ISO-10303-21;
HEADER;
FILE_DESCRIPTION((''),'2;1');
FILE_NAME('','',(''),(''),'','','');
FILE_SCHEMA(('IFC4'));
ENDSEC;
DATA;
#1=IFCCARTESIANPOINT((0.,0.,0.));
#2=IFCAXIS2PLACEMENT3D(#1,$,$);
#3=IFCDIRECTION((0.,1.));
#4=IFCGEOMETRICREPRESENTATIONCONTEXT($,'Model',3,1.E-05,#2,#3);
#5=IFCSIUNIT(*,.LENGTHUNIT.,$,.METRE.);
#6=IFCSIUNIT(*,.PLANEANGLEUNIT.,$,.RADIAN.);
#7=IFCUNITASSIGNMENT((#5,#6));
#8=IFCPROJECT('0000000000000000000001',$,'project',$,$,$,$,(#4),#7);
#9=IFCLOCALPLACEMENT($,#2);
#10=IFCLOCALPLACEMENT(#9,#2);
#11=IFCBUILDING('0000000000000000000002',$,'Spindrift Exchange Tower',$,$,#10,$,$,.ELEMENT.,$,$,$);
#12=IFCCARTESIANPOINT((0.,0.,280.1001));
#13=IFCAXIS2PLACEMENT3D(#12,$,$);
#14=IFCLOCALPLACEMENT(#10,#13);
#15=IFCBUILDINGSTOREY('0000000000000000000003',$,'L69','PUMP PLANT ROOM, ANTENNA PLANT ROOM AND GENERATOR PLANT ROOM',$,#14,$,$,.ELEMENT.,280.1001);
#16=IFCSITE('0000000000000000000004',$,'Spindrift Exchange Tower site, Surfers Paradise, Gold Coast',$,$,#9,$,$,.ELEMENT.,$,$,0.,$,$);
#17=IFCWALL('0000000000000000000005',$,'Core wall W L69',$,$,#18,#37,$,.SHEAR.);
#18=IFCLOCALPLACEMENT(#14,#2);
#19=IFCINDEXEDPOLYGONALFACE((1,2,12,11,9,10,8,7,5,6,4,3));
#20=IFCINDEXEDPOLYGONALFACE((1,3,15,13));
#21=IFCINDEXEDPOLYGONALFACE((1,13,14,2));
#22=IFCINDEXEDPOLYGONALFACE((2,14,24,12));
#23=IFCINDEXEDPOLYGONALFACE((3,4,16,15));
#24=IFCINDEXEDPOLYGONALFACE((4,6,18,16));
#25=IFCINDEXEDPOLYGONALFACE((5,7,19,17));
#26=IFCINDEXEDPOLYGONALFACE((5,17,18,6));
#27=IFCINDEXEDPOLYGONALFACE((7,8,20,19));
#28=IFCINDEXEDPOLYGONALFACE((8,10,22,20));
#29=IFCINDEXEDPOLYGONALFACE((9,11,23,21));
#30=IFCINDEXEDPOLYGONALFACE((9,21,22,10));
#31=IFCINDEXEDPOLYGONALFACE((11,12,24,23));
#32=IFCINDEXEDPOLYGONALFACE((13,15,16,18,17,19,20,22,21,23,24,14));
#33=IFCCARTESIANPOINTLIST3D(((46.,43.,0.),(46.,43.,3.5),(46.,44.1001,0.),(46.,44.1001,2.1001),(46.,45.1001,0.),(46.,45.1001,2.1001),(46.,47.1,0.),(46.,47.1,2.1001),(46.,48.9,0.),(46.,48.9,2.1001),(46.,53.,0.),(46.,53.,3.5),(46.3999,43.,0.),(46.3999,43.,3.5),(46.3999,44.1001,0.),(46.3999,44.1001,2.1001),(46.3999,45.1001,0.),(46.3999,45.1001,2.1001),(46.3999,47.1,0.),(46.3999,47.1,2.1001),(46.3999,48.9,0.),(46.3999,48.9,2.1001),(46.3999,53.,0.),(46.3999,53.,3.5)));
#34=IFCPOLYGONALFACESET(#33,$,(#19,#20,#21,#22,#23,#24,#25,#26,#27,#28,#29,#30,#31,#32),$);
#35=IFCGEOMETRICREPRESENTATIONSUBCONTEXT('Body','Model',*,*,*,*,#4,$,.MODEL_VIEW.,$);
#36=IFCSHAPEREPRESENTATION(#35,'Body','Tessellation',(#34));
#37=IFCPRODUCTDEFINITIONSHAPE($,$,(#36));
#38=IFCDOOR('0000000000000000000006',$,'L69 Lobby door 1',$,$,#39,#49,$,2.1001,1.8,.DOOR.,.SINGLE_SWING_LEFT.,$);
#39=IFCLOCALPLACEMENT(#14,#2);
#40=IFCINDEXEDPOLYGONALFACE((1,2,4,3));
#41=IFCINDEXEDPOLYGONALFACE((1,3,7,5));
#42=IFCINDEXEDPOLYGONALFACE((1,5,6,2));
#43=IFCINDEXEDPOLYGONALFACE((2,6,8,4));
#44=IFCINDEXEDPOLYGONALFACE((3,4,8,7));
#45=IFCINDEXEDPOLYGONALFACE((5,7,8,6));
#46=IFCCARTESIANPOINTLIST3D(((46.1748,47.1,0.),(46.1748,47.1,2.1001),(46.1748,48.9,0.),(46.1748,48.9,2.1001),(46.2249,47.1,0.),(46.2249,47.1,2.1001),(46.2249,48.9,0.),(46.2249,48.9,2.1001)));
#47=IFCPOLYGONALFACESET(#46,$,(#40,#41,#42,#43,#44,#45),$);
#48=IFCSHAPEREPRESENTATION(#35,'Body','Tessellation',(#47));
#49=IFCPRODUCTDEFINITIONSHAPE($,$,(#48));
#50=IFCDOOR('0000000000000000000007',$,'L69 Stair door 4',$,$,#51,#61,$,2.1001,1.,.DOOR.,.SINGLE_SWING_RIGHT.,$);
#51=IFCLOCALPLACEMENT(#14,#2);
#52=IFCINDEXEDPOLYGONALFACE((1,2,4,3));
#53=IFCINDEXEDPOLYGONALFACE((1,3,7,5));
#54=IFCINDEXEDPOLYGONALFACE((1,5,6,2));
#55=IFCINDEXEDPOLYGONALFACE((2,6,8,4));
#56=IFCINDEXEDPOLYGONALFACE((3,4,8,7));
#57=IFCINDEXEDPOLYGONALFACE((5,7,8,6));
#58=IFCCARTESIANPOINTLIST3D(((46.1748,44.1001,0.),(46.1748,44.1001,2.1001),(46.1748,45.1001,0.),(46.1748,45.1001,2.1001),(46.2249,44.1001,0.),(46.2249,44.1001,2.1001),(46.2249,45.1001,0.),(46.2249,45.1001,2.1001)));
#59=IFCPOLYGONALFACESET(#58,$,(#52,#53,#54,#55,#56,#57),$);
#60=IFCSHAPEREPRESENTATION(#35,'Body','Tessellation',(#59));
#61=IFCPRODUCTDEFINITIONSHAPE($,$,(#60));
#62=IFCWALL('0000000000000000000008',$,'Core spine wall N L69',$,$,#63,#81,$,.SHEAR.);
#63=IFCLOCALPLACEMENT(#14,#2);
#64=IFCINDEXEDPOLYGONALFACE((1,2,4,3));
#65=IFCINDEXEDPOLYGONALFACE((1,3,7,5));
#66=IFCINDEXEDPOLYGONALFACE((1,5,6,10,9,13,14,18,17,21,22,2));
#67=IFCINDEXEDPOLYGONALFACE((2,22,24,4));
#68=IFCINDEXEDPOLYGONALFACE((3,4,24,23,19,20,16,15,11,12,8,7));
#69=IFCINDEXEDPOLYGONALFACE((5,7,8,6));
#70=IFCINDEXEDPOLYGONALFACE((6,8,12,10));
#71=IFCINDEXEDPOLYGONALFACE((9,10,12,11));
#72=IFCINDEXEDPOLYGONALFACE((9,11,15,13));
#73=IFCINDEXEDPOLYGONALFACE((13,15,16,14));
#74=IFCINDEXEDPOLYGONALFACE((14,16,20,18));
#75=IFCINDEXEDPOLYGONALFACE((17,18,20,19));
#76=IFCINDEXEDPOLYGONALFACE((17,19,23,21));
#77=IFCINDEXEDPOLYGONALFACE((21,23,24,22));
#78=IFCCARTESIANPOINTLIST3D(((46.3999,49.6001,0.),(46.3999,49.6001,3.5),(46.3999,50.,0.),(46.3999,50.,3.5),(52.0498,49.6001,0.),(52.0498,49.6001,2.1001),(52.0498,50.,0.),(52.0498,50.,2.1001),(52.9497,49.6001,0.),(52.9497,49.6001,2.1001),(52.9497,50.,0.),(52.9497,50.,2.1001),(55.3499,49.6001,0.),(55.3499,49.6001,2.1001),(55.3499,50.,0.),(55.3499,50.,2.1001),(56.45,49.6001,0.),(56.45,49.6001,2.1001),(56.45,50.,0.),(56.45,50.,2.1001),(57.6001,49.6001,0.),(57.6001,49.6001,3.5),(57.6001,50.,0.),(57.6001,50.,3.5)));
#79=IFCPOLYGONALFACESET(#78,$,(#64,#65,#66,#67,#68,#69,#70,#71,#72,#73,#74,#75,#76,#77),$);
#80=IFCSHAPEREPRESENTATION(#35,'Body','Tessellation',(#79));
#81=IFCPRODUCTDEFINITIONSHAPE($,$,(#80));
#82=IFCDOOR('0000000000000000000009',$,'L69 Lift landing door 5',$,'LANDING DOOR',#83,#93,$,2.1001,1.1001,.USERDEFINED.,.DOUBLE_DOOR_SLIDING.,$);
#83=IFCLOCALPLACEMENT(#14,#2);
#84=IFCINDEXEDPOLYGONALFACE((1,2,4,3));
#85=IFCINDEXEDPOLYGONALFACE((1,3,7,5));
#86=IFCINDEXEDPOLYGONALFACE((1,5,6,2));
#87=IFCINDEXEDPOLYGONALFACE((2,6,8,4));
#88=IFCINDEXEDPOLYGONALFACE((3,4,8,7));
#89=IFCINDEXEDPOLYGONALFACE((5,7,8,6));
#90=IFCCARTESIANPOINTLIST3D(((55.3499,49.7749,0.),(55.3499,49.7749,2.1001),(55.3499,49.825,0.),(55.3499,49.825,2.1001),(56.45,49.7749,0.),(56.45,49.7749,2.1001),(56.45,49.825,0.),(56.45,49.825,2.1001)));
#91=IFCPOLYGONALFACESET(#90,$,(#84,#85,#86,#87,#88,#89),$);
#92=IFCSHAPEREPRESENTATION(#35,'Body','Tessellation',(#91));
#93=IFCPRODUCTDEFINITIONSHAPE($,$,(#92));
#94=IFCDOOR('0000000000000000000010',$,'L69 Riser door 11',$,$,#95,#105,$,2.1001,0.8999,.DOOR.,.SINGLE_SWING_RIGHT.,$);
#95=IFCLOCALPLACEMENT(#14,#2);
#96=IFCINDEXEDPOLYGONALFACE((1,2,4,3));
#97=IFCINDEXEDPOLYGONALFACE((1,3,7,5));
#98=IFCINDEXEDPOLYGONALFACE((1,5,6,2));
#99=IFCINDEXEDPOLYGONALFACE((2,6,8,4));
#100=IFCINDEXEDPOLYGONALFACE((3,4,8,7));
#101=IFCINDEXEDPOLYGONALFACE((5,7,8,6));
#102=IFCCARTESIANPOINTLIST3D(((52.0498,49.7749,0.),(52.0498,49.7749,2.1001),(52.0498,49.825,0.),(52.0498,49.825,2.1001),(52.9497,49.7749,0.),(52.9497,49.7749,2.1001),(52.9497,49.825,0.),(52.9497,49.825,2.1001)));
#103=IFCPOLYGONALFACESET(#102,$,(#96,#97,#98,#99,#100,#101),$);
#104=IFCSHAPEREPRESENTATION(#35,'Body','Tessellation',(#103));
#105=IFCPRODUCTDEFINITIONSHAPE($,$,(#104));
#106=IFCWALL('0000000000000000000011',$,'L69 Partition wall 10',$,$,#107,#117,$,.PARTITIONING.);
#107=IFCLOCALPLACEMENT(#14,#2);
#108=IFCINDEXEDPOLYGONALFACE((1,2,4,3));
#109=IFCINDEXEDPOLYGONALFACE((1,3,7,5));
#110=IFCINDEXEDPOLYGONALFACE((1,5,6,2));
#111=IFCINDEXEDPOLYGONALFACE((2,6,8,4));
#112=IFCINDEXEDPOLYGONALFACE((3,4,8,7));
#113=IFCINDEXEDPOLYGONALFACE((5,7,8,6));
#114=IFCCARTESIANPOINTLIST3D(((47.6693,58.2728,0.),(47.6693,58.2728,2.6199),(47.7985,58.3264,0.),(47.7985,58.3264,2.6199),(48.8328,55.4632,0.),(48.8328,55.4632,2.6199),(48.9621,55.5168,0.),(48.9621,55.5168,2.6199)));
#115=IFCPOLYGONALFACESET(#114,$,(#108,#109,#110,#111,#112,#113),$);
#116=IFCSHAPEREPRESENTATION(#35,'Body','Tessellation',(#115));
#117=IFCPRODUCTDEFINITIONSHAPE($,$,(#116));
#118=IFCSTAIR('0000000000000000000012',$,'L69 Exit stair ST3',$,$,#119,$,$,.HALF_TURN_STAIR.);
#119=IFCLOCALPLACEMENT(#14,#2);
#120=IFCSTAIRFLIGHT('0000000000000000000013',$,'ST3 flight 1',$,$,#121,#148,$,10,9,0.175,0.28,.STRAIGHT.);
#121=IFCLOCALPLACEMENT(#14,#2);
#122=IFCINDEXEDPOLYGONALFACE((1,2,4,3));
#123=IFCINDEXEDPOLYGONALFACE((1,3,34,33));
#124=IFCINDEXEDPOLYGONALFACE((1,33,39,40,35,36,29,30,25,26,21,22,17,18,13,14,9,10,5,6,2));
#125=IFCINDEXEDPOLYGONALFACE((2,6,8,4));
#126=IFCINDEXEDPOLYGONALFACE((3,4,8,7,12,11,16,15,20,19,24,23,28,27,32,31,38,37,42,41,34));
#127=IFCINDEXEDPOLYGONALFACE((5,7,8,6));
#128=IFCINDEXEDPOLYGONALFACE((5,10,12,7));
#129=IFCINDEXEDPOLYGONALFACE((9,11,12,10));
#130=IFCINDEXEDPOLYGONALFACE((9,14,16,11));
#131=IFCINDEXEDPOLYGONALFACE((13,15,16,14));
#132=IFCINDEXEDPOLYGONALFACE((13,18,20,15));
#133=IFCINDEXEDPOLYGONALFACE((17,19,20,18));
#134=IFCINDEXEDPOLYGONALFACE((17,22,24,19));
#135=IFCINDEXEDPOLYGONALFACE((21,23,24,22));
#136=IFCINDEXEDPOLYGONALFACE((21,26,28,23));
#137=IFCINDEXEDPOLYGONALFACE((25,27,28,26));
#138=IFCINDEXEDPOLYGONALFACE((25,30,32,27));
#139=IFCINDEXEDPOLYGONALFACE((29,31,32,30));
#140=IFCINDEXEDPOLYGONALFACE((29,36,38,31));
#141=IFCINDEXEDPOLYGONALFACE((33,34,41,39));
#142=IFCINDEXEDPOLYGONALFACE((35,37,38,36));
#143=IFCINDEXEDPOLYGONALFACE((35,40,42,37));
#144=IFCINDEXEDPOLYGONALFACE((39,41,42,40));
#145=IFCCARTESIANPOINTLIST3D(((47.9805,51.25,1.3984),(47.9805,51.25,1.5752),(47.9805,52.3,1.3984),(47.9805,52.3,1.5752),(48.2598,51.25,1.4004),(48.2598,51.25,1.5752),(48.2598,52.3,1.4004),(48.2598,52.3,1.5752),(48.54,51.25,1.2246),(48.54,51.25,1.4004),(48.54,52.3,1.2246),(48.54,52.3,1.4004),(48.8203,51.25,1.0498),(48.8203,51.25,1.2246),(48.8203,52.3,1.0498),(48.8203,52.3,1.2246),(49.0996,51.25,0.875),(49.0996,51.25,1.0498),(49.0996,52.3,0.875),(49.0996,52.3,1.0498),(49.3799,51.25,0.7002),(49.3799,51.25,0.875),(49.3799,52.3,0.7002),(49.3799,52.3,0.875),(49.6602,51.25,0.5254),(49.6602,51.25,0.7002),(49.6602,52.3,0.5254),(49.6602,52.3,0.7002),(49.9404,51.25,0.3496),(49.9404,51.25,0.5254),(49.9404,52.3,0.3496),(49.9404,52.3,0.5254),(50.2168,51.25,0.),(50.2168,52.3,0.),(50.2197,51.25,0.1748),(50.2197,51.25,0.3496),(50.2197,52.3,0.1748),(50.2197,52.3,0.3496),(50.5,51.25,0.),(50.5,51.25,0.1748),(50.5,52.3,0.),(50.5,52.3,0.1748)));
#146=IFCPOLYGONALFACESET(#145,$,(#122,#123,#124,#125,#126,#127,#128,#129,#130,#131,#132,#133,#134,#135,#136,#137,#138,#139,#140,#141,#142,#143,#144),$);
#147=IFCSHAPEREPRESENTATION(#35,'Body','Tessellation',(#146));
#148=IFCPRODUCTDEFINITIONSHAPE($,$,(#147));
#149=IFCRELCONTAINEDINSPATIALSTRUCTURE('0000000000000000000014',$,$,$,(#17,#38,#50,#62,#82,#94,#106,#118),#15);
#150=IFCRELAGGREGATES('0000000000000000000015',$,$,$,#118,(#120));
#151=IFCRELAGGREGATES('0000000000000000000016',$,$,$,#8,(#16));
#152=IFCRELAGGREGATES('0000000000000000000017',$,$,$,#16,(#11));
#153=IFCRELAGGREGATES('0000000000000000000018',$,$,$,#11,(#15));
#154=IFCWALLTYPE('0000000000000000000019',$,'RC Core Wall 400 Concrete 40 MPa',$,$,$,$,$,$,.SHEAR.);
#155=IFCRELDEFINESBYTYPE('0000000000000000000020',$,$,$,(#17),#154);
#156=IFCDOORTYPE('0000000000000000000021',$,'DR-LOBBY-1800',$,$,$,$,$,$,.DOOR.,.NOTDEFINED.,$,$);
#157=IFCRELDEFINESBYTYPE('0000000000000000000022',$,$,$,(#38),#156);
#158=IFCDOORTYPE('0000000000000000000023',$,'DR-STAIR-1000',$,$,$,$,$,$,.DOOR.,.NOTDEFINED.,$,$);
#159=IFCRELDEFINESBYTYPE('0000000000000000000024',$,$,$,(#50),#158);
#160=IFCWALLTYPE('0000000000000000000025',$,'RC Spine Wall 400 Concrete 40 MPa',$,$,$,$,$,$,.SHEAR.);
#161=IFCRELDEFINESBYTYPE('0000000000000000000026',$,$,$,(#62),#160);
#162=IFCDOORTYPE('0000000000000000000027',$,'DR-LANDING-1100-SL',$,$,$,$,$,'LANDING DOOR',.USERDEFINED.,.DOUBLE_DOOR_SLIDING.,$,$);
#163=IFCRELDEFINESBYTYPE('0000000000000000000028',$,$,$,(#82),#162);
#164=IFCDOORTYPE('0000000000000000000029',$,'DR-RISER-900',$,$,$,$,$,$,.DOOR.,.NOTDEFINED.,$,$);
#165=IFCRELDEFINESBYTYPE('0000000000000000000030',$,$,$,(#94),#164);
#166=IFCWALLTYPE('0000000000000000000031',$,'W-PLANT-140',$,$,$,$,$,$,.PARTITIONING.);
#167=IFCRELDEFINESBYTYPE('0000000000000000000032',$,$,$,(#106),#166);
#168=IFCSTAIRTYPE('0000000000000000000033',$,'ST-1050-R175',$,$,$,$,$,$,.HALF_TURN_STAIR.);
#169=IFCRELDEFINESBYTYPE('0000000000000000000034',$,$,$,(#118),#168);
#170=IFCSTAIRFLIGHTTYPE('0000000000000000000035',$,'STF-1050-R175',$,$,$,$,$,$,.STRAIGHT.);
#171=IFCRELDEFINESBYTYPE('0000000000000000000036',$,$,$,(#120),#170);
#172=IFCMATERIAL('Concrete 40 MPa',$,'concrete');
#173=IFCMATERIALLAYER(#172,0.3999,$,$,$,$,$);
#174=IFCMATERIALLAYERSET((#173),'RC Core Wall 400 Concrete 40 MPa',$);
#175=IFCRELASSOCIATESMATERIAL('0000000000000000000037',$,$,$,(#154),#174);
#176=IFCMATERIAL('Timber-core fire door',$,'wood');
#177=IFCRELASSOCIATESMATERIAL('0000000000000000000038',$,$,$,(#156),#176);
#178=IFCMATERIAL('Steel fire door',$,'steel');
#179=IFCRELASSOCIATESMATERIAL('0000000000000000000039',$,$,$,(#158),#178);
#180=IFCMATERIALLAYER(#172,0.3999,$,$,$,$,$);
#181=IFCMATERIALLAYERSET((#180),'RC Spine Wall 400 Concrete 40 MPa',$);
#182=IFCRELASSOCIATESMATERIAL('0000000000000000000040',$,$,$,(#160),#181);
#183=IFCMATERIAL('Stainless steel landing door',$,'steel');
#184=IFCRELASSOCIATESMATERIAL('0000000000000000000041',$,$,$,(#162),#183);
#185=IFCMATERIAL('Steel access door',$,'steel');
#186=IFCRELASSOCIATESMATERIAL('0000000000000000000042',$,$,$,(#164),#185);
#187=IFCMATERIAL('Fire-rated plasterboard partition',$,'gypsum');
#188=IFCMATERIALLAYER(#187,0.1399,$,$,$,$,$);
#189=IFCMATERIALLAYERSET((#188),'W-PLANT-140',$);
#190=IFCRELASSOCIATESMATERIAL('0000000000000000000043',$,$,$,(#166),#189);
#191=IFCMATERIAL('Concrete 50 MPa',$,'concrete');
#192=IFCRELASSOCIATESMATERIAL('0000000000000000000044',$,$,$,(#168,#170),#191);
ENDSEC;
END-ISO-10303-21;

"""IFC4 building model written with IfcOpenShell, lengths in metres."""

from ifc_helpers import new_model, si_unit, direction, frame, frame_2d, origin, place, context, subcontext, project, spatial, line, indexed_curve, rectangle, outline, extrude, source, transform, mapped, material, layer, layer_set, type_object, element, fill, aggregate, save


model = new_model("IFC4")

# Units and contexts
model_context = context("Model", 3, precision=1e-05, world=origin(), true_north=direction((0.0, 1.0)))
body_context = subcontext(model_context, "Body", "Model", "MODEL_VIEW")
ifc_project = project(units=[si_unit("LENGTHUNIT", "METRE"), si_unit("PLANEANGLEUNIT", "RADIAN")], contexts=[model_context])

# Site, building, storey
site_placement = place(None, origin())
site = spatial("IfcSite", under=ifc_project, at=site_placement, Name="Spindrift Exchange Tower site, Surfers Paradise, Gold Coast", CompositionType="ELEMENT", RefElevation=0.0)
building_placement = place(site_placement, origin())
building = spatial("IfcBuilding", under=site, at=building_placement, Name="Spindrift Exchange Tower", CompositionType="ELEMENT")
storey_placement = place(building_placement, frame((0.0, 0.0, 280.1001)))
storey = spatial("IfcBuildingStorey", under=building, at=storey_placement, Name="L69", Description="PUMP PLANT ROOM, ANTENNA PLANT ROOM AND GENERATOR PLANT ROOM", CompositionType="ELEMENT", Elevation=280.1001)

# Shared definitions
ifc_material_1 = material(Name="Concrete 40 MPa", Category="concrete")

# Walls, openings, doors
ifc_layer_1 = layer(ifc_material_1, 0.3999)
ifc_layer_set_1 = layer_set([ifc_layer_1], Name="RC Core Wall 400 Concrete 40 MPa")
wall_type_1 = type_object("IfcWallType", Name="RC Core Wall 400 Concrete 40 MPa", PredefinedType="SHEAR", material=ifc_layer_set_1)
wall_1_placement = place(storey_placement, frame((46.2, 53.0, 0.0), z_axis=(0.0, 0.0, 1.0), x_axis=(0.0, -1.0, 0.0)))
wall_1 = element("IfcWall", 1, at=wall_1_placement, inside=storey, type_object=wall_type_1, Name="Core wall W L69", PredefinedType="SHEAR", context=body_context, shape_type="SweptSolid", body=[
    extrude(rectangle(XDim=10.0, YDim=0.3999, at=frame_2d((5.0, 0.0))), origin(), (0.0, 0.0, 1.0), 3.5),
])
opening_1_placement = place(wall_1_placement, frame((4.1001, 0.0, 0.0)))
opening_1 = element("IfcOpeningElement", 2, at=opening_1_placement, cuts=wall_1, PredefinedType="OPENING", context=body_context, shape_type="SweptSolid", body=[
    extrude(rectangle(XDim=1.8, YDim=2.1001, at=frame_2d((0.8999, 1.05))), frame((0.0, 0.21, 0.0), z_axis=(0.0, -1.0, 0.0), x_axis=(1.0, 0.0, 0.0)), (0.0, 0.0, 1.0), 0.4199),
])
opening_2_placement = place(wall_1_placement, frame((7.8999, 0.0, 0.0)))
opening_2 = element("IfcOpeningElement", 3, at=opening_2_placement, cuts=wall_1, PredefinedType="OPENING", context=body_context, shape_type="SweptSolid", body=[
    extrude(rectangle(XDim=1.0, YDim=2.1001, at=frame_2d((0.5, 1.05))), frame((0.0, 0.21, 0.0), z_axis=(0.0, -1.0, 0.0), x_axis=(1.0, 0.0, 0.0)), (0.0, 0.0, 1.0), 0.4199),
])
ifc_material_2 = material(Name="Timber-core fire door", Category="wood")
door_type_1 = type_object("IfcDoorType", Name="DR-LOBBY-1800", OperationType="NOTDEFINED", PredefinedType="DOOR", material=ifc_material_2)
shared_shape_1 = source(origin(), body_context, "Body", "SweptSolid", [
    extrude(rectangle(XDim=1.8, YDim=2.1001, at=frame_2d((0.8999, 1.05))), frame((0.0, 0.0249, 0.0), z_axis=(0.0, -1.0, 0.0), x_axis=(1.0, 0.0, 0.0)), (0.0, 0.0, 1.0), 0.05),
])
door_1_placement = place(opening_1_placement, origin())
door_1 = element("IfcDoor", 4, at=door_1_placement, inside=storey, type_object=door_type_1, Name="L69 Lobby door 1", OperationType="SINGLE_SWING_LEFT", OverallHeight=2.1001, OverallWidth=1.8, PredefinedType="DOOR", context=body_context, shape_type="MappedRepresentation", body=[
    mapped(shared_shape_1, transform((0.0, 0.0, 0.0), scale=1.0)),
])
fill(opening_1, door_1)
ifc_material_3 = material(Name="Steel fire door", Category="steel")
door_type_2 = type_object("IfcDoorType", Name="DR-STAIR-1000", OperationType="NOTDEFINED", PredefinedType="DOOR", material=ifc_material_3)
shared_shape_2 = source(origin(), body_context, "Body", "SweptSolid", [
    extrude(rectangle(XDim=1.0, YDim=2.1001, at=frame_2d((0.5, 1.05))), frame((0.0, 0.0249, 0.0), z_axis=(0.0, -1.0, 0.0), x_axis=(1.0, 0.0, 0.0)), (0.0, 0.0, 1.0), 0.05),
])
door_2_placement = place(opening_2_placement, origin())
door_2 = element("IfcDoor", 5, at=door_2_placement, inside=storey, type_object=door_type_2, Name="L69 Stair door 4", OperationType="SINGLE_SWING_RIGHT", OverallHeight=2.1001, OverallWidth=1.0, PredefinedType="DOOR", context=body_context, shape_type="MappedRepresentation", body=[
    mapped(shared_shape_2, transform((0.0, 0.0, 0.0), scale=1.0)),
])
fill(opening_2, door_2)
ifc_layer_2 = layer(ifc_material_1, 0.3999)
ifc_layer_set_2 = layer_set([ifc_layer_2], Name="RC Spine Wall 400 Concrete 40 MPa")
wall_type_2 = type_object("IfcWallType", Name="RC Spine Wall 400 Concrete 40 MPa", PredefinedType="SHEAR", material=ifc_layer_set_2)
wall_2_placement = place(storey_placement, frame((46.3999, 49.8, 0.0), z_axis=(0.0, 0.0, 1.0), x_axis=(1.0, 0.0, 0.0)))
wall_2 = element("IfcWall", 6, at=wall_2_placement, inside=storey, type_object=wall_type_2, Name="Core spine wall N L69", PredefinedType="SHEAR", context=body_context, shape_type="SweptSolid", body=[
    extrude(rectangle(XDim=11.2002, YDim=0.3999, at=frame_2d((5.6001, 0.0))), origin(), (0.0, 0.0, 1.0), 3.5),
])
opening_3_placement = place(wall_2_placement, frame((8.95, 0.0, 0.0)))
opening_3 = element("IfcOpeningElement", 7, at=opening_3_placement, cuts=wall_2, PredefinedType="OPENING", context=body_context, shape_type="SweptSolid", body=[
    extrude(rectangle(XDim=1.1001, YDim=2.1001, at=frame_2d((0.55, 1.05))), frame((0.0, 0.21, 0.0), z_axis=(0.0, -1.0, 0.0), x_axis=(1.0, 0.0, 0.0)), (0.0, 0.0, 1.0), 0.4199),
])
opening_4_placement = place(wall_2_placement, frame((5.6499, 0.0, 0.0)))
opening_4 = element("IfcOpeningElement", 8, at=opening_4_placement, cuts=wall_2, PredefinedType="OPENING", context=body_context, shape_type="SweptSolid", body=[
    extrude(rectangle(XDim=0.8999, YDim=2.1001, at=frame_2d((0.45, 1.05))), frame((0.0, 0.21, 0.0), z_axis=(0.0, -1.0, 0.0), x_axis=(1.0, 0.0, 0.0)), (0.0, 0.0, 1.0), 0.4199),
])
ifc_material_4 = material(Name="Stainless steel landing door", Category="steel")
door_type_3 = type_object("IfcDoorType", Name="DR-LANDING-1100-SL", ElementType="LANDING DOOR", OperationType="DOUBLE_DOOR_SLIDING", PredefinedType="USERDEFINED", material=ifc_material_4)
shared_shape_3 = source(origin(), body_context, "Body", "SweptSolid", [
    extrude(rectangle(XDim=1.1001, YDim=2.1001, at=frame_2d((0.55, 1.05))), frame((0.0, 0.0249, 0.0), z_axis=(0.0, -1.0, 0.0), x_axis=(1.0, 0.0, 0.0)), (0.0, 0.0, 1.0), 0.05),
])
door_3_placement = place(opening_3_placement, origin())
door_3 = element("IfcDoor", 9, at=door_3_placement, inside=storey, type_object=door_type_3, Name="L69 Lift landing door 5", ObjectType="LANDING DOOR", OperationType="DOUBLE_DOOR_SLIDING", OverallHeight=2.1001, OverallWidth=1.1001, PredefinedType="USERDEFINED", context=body_context, shape_type="MappedRepresentation", body=[
    mapped(shared_shape_3, transform((0.0, 0.0, 0.0), scale=1.0)),
])
fill(opening_3, door_3)
ifc_material_5 = material(Name="Steel access door", Category="steel")
door_type_4 = type_object("IfcDoorType", Name="DR-RISER-900", OperationType="NOTDEFINED", PredefinedType="DOOR", material=ifc_material_5)
shared_shape_4 = source(origin(), body_context, "Body", "SweptSolid", [
    extrude(rectangle(XDim=0.8999, YDim=2.1001, at=frame_2d((0.45, 1.05))), frame((0.0, 0.0249, 0.0), z_axis=(0.0, -1.0, 0.0), x_axis=(1.0, 0.0, 0.0)), (0.0, 0.0, 1.0), 0.05),
])
door_4_placement = place(opening_4_placement, origin())
door_4 = element("IfcDoor", 10, at=door_4_placement, inside=storey, type_object=door_type_4, Name="L69 Riser door 11", OperationType="SINGLE_SWING_RIGHT", OverallHeight=2.1001, OverallWidth=0.8999, PredefinedType="DOOR", context=body_context, shape_type="MappedRepresentation", body=[
    mapped(shared_shape_4, transform((0.0, 0.0, 0.0), scale=1.0)),
])
fill(opening_4, door_4)

# Wall
ifc_material_6 = material(Name="Fire-rated plasterboard partition", Category="gypsum")
ifc_layer_3 = layer(ifc_material_6, 0.1399)
ifc_layer_set_3 = layer_set([ifc_layer_3], Name="W-PLANT-140")
wall_type_3 = type_object("IfcWallType", Name="W-PLANT-140", PredefinedType="PARTITIONING", material=ifc_layer_set_3)
wall_3_placement = place(storey_placement, frame((48.8975, 55.49, 0.0), z_axis=(0.0, 0.0, 1.0), x_axis=(-0.382631, 0.923901, 0.0)))
element("IfcWall", 11, at=wall_3_placement, inside=storey, type_object=wall_type_3, Name="L69 Partition wall 10", PredefinedType="PARTITIONING", context=body_context, shape_type="SweptSolid", body=[
    extrude(rectangle(XDim=3.041, YDim=0.1399, at=frame_2d((1.5205, 0.0))), origin(), (0.0, 0.0, 1.0), 2.6199),
])

# Stair, stair flight
ifc_material_7 = material(Name="Concrete 50 MPa", Category="concrete")
stair_type = type_object("IfcStairType", Name="ST-1050-R175", PredefinedType="HALF_TURN_STAIR", material=ifc_material_7)
stair_placement = place(storey_placement, origin())
stair = element("IfcStair", 12, at=stair_placement, inside=storey, type_object=stair_type, Name="L69 Exit stair ST3", PredefinedType="HALF_TURN_STAIR")
stair_flight_type = type_object("IfcStairFlightType", Name="STF-1050-R175", PredefinedType="STRAIGHT", material=ifc_material_7)
stair_flight_1_placement = place(storey_placement, frame((50.5, 51.7749, 0.0), z_axis=(0.0, 0.0, 1.0), x_axis=(-1.0, 0.0, 0.0)))
stair_flight_1 = element("IfcStairFlight", 13, at=stair_flight_1_placement, type_object=stair_flight_type, Name="ST3 flight 1", NumberOfRisers=10, NumberOfTreads=9, PredefinedType="STRAIGHT", RiserHeight=0.175, TreadLength=0.28, context=body_context, shape_type="SweptSolid", body=[
    extrude(outline(indexed_curve([(0.0, 0.0), (0.0, 0.1748), (0.2803, 0.1748), (0.2803, 0.3496), (0.5596, 0.3496), (0.5596, 0.5254), (0.8398, 0.5254), (0.8398, 0.7002), (1.1201, 0.7002), (1.1201, 0.875), (1.4004, 0.875), (1.4004, 1.0498), (1.6797, 1.0498), (1.6797, 1.2246), (1.96, 1.2246), (1.96, 1.4004), (2.2402, 1.4004), (2.2402, 1.5752), (2.5195, 1.5752), (2.5195, 1.75), (2.5195, 1.3984), (0.2832, 0.0)], segments=[line(1, 2, 3, 4, 5, 6, 7, 8, 9, 10, 11, 12, 13, 14, 15, 16, 17, 18, 19, 20, 21, 22, 1)], self_intersect=False)), frame((0.0, 0.5249, 0.0), z_axis=(0.0, -1.0, 0.0), x_axis=(1.0, 0.0, 0.0)), (0.0, 0.0, 1.0), 1.05),
])
aggregate(stair, [stair_flight_1])

save(model, "model.ifc")
